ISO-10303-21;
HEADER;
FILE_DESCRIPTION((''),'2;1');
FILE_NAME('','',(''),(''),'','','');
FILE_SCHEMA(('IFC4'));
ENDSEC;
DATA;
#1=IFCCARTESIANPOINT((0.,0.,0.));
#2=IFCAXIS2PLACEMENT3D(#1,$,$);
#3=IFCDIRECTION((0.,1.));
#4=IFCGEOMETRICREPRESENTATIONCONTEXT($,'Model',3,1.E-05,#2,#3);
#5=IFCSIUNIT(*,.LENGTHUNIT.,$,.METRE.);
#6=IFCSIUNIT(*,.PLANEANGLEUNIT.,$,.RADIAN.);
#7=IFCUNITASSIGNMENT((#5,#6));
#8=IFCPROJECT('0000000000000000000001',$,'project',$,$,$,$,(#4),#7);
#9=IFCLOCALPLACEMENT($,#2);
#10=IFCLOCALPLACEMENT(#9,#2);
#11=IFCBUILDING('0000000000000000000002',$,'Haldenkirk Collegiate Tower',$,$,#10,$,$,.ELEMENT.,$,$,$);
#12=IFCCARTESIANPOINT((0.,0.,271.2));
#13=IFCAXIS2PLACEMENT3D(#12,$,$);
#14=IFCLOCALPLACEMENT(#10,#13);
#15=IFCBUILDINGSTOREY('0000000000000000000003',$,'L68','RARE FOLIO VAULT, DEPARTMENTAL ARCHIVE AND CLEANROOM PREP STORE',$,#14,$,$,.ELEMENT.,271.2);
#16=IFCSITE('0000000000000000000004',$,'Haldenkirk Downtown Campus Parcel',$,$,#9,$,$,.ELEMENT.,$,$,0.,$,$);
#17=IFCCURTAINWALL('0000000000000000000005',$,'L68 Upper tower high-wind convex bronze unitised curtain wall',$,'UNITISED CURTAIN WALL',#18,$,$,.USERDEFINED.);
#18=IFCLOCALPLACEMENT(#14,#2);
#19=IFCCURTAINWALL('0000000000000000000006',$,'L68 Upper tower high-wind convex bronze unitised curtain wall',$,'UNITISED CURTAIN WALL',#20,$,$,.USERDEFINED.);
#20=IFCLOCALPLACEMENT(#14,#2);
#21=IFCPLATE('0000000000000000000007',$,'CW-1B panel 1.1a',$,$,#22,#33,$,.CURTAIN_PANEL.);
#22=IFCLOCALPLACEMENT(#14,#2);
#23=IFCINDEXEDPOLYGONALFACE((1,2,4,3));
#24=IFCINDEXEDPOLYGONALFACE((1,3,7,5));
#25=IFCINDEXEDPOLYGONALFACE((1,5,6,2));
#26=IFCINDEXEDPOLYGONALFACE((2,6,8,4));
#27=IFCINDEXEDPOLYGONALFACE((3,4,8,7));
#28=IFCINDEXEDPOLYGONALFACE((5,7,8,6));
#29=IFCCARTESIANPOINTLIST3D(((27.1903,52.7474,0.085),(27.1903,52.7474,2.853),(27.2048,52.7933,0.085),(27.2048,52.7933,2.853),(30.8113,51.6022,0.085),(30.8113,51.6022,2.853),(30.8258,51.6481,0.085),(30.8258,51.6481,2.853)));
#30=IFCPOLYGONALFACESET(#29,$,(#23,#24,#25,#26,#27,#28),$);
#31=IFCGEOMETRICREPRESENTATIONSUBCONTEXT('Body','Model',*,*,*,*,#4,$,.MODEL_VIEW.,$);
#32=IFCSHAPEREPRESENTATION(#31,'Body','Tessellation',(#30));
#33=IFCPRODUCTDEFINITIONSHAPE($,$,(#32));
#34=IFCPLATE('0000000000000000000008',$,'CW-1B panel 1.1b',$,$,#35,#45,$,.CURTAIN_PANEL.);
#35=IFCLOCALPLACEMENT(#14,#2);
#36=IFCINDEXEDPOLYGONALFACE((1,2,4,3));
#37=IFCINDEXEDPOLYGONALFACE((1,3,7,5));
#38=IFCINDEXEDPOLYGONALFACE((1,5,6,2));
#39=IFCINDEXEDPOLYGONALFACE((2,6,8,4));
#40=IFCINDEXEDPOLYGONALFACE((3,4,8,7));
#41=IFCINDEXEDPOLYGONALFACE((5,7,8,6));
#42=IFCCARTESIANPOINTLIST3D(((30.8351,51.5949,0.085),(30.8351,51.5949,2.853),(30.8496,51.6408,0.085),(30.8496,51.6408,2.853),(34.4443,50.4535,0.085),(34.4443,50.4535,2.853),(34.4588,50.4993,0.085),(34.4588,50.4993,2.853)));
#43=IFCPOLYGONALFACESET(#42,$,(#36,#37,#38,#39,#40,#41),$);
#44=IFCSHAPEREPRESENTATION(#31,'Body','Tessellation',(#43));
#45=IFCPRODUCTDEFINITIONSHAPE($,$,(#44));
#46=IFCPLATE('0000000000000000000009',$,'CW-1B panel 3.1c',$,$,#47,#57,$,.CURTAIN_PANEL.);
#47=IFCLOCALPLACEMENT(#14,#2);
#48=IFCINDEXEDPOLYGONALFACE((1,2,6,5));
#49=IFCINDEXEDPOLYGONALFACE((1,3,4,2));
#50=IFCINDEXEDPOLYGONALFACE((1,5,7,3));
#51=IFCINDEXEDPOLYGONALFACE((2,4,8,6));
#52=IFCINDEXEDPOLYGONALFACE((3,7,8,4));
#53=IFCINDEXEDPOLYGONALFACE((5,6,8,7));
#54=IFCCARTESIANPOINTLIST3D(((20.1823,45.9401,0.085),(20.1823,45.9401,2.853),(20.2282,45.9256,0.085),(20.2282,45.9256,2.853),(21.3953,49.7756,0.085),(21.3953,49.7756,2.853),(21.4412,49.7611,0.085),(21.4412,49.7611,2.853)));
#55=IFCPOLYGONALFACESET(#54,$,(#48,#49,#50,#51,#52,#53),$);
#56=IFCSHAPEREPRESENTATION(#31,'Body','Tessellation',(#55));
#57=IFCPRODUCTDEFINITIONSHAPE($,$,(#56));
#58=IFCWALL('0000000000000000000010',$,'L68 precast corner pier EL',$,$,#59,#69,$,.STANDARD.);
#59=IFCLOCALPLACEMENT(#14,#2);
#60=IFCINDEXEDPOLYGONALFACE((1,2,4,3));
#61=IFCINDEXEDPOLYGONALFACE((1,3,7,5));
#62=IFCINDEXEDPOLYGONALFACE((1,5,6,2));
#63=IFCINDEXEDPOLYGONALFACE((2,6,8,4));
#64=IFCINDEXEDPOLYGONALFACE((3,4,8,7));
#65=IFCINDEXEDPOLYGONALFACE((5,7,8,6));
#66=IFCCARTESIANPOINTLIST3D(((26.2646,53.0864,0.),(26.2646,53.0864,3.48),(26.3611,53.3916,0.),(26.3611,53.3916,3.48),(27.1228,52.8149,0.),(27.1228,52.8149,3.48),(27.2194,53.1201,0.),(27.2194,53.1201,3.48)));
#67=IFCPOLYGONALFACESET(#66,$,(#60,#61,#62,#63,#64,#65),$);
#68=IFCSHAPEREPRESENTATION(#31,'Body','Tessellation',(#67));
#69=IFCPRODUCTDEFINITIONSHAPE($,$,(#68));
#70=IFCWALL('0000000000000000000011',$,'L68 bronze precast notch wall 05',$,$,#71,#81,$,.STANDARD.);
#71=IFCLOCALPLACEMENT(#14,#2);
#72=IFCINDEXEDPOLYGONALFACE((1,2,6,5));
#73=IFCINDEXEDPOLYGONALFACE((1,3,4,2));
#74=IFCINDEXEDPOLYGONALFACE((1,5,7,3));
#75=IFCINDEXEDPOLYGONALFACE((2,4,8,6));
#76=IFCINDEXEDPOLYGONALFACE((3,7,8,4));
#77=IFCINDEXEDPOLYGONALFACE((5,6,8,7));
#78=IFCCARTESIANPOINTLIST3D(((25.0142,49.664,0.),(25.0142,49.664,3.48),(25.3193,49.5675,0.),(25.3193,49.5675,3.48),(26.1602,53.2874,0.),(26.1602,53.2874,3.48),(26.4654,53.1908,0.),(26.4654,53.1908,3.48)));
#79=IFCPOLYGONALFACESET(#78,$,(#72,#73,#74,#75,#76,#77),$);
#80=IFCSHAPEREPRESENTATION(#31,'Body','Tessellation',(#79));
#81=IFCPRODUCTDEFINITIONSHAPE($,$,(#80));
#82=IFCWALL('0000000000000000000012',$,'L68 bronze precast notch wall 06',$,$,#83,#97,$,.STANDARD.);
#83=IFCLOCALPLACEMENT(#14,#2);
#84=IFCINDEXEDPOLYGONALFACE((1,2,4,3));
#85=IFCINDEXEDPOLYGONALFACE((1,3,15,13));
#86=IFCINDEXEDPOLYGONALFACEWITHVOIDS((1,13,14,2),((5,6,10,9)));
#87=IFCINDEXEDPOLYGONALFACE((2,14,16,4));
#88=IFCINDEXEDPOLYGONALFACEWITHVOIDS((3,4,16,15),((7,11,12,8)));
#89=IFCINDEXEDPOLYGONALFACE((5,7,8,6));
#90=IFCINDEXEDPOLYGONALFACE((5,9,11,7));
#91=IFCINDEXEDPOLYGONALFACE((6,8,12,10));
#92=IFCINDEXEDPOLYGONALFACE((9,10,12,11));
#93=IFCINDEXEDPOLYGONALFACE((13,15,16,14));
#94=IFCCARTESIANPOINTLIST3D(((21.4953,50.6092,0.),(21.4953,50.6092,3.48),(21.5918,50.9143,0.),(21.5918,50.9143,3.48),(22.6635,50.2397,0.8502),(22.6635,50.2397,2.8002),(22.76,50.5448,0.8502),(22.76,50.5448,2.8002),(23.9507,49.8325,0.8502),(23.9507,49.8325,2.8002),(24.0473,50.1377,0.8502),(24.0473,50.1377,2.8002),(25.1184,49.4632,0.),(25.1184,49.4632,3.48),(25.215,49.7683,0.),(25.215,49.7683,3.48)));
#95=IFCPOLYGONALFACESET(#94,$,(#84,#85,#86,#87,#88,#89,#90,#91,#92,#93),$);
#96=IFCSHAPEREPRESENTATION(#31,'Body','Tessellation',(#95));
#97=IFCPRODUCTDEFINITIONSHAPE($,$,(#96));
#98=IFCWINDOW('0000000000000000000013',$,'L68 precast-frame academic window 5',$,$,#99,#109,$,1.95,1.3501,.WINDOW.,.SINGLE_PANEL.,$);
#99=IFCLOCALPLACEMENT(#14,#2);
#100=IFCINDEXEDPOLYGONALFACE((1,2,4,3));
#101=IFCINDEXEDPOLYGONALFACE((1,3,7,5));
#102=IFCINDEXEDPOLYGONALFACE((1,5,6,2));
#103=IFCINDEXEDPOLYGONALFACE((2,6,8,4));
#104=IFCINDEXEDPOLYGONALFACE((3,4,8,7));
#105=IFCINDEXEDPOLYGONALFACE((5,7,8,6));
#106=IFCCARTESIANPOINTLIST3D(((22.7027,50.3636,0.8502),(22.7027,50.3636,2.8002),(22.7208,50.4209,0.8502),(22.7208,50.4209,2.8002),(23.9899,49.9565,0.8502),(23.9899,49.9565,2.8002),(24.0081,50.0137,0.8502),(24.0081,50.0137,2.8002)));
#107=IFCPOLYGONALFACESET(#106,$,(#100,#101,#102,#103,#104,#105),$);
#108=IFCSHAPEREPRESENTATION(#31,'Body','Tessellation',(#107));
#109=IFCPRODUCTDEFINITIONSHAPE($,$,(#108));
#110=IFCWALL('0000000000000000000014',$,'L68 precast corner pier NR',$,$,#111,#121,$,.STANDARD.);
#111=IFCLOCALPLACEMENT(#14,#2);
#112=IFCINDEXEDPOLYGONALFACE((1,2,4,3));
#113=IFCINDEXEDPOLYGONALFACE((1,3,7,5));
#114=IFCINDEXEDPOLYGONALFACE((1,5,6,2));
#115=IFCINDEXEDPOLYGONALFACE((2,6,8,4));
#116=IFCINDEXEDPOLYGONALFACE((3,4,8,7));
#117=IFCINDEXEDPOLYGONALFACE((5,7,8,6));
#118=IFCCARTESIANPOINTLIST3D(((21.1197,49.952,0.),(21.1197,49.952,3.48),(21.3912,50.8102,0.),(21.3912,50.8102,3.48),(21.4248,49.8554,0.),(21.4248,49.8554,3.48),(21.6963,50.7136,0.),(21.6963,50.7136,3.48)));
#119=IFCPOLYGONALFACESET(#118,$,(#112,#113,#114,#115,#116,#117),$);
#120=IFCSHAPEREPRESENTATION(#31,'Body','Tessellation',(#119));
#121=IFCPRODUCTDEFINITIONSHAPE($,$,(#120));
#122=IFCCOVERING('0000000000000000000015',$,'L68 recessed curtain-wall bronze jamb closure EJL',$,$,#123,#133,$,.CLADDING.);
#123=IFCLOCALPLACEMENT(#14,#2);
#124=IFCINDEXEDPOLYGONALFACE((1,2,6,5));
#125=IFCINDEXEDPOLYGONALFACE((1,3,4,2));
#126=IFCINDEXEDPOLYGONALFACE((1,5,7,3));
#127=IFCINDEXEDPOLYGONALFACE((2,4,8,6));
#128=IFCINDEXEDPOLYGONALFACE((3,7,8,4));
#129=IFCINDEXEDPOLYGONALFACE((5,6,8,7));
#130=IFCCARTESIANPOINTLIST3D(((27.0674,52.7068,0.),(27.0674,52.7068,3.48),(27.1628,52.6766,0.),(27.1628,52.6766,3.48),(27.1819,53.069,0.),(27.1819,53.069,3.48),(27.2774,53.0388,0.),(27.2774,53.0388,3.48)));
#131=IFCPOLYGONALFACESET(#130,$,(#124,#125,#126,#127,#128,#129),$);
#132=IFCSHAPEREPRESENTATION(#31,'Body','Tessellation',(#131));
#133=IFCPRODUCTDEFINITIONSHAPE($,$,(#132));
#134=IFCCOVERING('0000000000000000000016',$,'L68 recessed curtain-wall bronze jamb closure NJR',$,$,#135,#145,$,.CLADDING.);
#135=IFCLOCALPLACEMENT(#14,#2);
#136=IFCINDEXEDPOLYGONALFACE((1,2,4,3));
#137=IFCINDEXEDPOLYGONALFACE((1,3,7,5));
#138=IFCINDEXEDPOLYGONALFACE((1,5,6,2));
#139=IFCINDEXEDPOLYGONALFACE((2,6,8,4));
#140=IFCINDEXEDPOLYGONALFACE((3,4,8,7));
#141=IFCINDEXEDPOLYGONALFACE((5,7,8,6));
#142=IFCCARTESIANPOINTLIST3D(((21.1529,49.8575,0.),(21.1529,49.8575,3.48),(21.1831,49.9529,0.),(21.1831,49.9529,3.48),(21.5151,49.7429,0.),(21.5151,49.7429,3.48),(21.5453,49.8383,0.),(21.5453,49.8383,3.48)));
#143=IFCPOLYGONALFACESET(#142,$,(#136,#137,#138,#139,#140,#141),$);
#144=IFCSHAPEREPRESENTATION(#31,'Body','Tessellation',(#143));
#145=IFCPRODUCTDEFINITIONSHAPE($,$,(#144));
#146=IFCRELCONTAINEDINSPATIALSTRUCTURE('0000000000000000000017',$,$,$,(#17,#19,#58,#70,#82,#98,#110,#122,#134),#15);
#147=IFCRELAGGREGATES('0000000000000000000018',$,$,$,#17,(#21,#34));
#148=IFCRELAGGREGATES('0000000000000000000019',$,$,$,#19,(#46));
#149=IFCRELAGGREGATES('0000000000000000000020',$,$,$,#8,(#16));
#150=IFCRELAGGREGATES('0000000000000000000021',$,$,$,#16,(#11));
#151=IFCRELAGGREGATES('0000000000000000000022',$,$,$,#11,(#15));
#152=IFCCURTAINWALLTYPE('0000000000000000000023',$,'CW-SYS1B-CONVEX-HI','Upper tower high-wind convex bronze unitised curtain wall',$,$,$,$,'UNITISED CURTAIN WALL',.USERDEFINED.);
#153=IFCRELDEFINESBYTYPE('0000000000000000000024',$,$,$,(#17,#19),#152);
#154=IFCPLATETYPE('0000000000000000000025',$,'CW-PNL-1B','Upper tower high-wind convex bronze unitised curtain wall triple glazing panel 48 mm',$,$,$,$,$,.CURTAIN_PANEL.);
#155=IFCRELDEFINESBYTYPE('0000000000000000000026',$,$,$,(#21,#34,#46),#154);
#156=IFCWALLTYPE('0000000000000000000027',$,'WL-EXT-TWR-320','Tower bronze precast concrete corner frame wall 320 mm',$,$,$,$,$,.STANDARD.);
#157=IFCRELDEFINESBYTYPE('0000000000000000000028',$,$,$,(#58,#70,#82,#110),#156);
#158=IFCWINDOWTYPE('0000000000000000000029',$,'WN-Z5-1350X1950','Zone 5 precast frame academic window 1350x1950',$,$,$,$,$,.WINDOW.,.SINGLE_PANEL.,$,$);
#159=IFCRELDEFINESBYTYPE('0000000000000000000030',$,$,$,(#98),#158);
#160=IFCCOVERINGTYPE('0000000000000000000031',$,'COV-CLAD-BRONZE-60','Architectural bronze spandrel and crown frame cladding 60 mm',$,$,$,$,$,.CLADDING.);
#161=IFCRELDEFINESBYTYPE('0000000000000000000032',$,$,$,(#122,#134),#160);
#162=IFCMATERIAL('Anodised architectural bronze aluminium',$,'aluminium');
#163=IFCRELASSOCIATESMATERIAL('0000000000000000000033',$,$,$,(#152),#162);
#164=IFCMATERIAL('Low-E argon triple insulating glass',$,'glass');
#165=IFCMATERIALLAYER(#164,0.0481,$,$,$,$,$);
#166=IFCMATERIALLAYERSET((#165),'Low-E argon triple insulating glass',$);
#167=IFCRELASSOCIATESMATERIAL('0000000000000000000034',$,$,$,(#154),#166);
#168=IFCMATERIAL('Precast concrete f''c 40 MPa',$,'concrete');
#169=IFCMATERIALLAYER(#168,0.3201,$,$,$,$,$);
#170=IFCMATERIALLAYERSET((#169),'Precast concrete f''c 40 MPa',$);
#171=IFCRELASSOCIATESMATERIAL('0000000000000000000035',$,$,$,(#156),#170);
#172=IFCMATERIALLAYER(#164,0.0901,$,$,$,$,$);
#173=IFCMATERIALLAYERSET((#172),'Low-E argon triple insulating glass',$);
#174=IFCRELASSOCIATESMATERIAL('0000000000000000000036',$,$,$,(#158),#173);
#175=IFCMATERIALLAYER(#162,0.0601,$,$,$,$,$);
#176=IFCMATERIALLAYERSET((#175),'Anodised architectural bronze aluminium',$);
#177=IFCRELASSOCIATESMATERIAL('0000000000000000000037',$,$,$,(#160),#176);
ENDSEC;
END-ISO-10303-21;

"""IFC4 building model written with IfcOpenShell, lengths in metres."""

from ifc_helpers import new_model, si_unit, direction, frame, frame_2d, origin, origin_2d, place, context, subcontext, project, spatial, rectangle, extrude, source, transform, mapped, material, layer, layer_set, type_object, element, fill, aggregate, save


model = new_model("IFC4")

# Units and contexts
model_context = context("Model", 3, precision=1e-05, world=origin(), true_north=direction((0.0, 1.0)))
body_context = subcontext(model_context, "Body", "Model", "MODEL_VIEW")
ifc_project = project(units=[si_unit("LENGTHUNIT", "METRE"), si_unit("PLANEANGLEUNIT", "RADIAN")], contexts=[model_context])

# Site, building, storey
site_placement = place(None, origin())
site = spatial("IfcSite", under=ifc_project, at=site_placement, Name="Haldenkirk Downtown Campus Parcel", CompositionType="ELEMENT", RefElevation=0.0)
building_placement = place(site_placement, origin())
building = spatial("IfcBuilding", under=site, at=building_placement, Name="Haldenkirk Collegiate Tower", CompositionType="ELEMENT")
storey_placement = place(building_placement, frame((0.0, 0.0, 271.2)))
storey = spatial("IfcBuildingStorey", under=building, at=storey_placement, Name="L68", Description="RARE FOLIO VAULT, DEPARTMENTAL ARCHIVE AND CLEANROOM PREP STORE", CompositionType="ELEMENT", Elevation=271.2)

# Curtain walls
ifc_material_1 = material(Name="Anodised architectural bronze aluminium", Category="aluminium")
curtain_wall_type = type_object("IfcCurtainWallType", Name="CW-SYS1B-CONVEX-HI", Description="Upper tower high-wind convex bronze unitised curtain wall", ElementType="UNITISED CURTAIN WALL", PredefinedType="USERDEFINED", material=ifc_material_1)
curtain_wall_1_placement = place(storey_placement, origin())
curtain_wall_1 = element("IfcCurtainWall", 1, at=curtain_wall_1_placement, inside=storey, type_object=curtain_wall_type, Name="L68 Upper tower high-wind convex bronze unitised curtain wall", ObjectType="UNITISED CURTAIN WALL", PredefinedType="USERDEFINED")
curtain_wall_2_placement = place(storey_placement, origin())
curtain_wall_2 = element("IfcCurtainWall", 2, at=curtain_wall_2_placement, inside=storey, type_object=curtain_wall_type, Name="L68 Upper tower high-wind convex bronze unitised curtain wall", ObjectType="UNITISED CURTAIN WALL", PredefinedType="USERDEFINED")

# Plates
ifc_material_2 = material(Name="Low-E argon triple insulating glass", Category="glass")
ifc_layer_1 = layer(ifc_material_2, 0.0481)
ifc_layer_set_1 = layer_set([ifc_layer_1], Name="Low-E argon triple insulating glass")
plate_type = type_object("IfcPlateType", Name="CW-PNL-1B", Description="Upper tower high-wind convex bronze unitised curtain wall triple glazing panel 48 mm", PredefinedType="CURTAIN_PANEL", material=ifc_layer_set_1)
shared_shape_1 = source(origin(), body_context, "Body", "SweptSolid", [
    extrude(rectangle(XDim=3.7979, YDim=0.0481, at=origin_2d()), origin(), (0.0, 0.0, 1.0), 2.7681),
])
plate_1_placement = place(storey_placement, frame((29.0081, 52.1978, 0.085), z_axis=(0.0, 0.0, 1.0), x_axis=(0.953454, -0.301537, 0.0)))
plate_1 = element("IfcPlate", 3, at=plate_1_placement, type_object=plate_type, Name="CW-1B panel 1.1a", PredefinedType="CURTAIN_PANEL", context=body_context, shape_type="MappedRepresentation", body=[
    mapped(shared_shape_1, transform((0.0, 0.0, 0.0), x_axis=(1.0, 0.0, 0.0), y_axis=(0.0, 1.0, 0.0), z_axis=(0.0, 0.0, 1.0), scale=1.0)),
])
shared_shape_2 = source(origin(), body_context, "Body", "SweptSolid", [
    extrude(rectangle(XDim=3.7854, YDim=0.0481, at=origin_2d()), origin(), (0.0, 0.0, 1.0), 2.7681),
])
plate_2_placement = place(storey_placement, frame((32.647, 51.0471, 0.085), z_axis=(0.0, 0.0, 1.0), x_axis=(0.953454, -0.301537, 0.0)))
plate_2 = element("IfcPlate", 4, at=plate_2_placement, type_object=plate_type, Name="CW-1B panel 1.1b", PredefinedType="CURTAIN_PANEL", context=body_context, shape_type="MappedRepresentation", body=[
    mapped(shared_shape_2, transform((0.0, 0.0, 0.0), x_axis=(1.0, 0.0, 0.0), y_axis=(0.0, 1.0, 0.0), z_axis=(0.0, 0.0, 1.0), scale=1.0)),
])
aggregate(curtain_wall_1, [plate_1, plate_2])
shared_shape_3 = source(origin(), body_context, "Body", "SweptSolid", [
    extrude(rectangle(XDim=4.0227, YDim=0.0481, at=origin_2d()), origin(), (0.0, 0.0, 1.0), 2.7681),
])
plate_3_placement = place(storey_placement, frame((20.8118, 47.8506, 0.085), z_axis=(0.0, 0.0, 1.0), x_axis=(0.301537, 0.953455, 0.0)))
plate_3 = element("IfcPlate", 5, at=plate_3_placement, type_object=plate_type, Name="CW-1B panel 3.1c", PredefinedType="CURTAIN_PANEL", context=body_context, shape_type="MappedRepresentation", body=[
    mapped(shared_shape_3, transform((0.0, 0.0, 0.0), x_axis=(1.0, 0.0, 0.0), y_axis=(0.0, 1.0, 0.0), z_axis=(0.0, 0.0, 1.0), scale=1.0)),
])
aggregate(curtain_wall_2, [plate_3])

# Walls
ifc_material_3 = material(Name="Precast concrete f'c 40 MPa", Category="concrete")
ifc_layer_2 = layer(ifc_material_3, 0.3201)
ifc_layer_set_2 = layer_set([ifc_layer_2], Name="Precast concrete f'c 40 MPa")
wall_type = type_object("IfcWallType", Name="WL-EXT-TWR-320", Description="Tower bronze precast concrete corner frame wall 320 mm", PredefinedType="STANDARD", material=ifc_layer_set_2)
wall_1_placement = place(storey_placement, frame((26.3127, 53.239, 0.0), z_axis=(0.0, 0.0, 1.0), x_axis=(0.953427, -0.301625, 0.0)))
element("IfcWall", 6, at=wall_1_placement, inside=storey, type_object=wall_type, Name="L68 precast corner pier EL", PredefinedType="STANDARD", context=body_context, shape_type="SweptSolid", body=[
    extrude(rectangle(XDim=0.9001, YDim=0.3201, at=frame_2d((0.4502, 0.0))), origin(), (0.0, 0.0, 1.0), 3.48),
])
wall_2_placement = place(storey_placement, frame((25.1667, 49.6157, 0.0), z_axis=(0.0, 0.0, 1.0), x_axis=(0.301562, 0.953447, 0.0)))
element("IfcWall", 7, at=wall_2_placement, inside=storey, type_object=wall_type, Name="L68 bronze precast notch wall 05", PredefinedType="STANDARD", context=body_context, shape_type="SweptSolid", body=[
    extrude(rectangle(XDim=3.8003, YDim=0.3201, at=frame_2d((1.9001, 0.0))), origin(), (0.0, 0.0, 1.0), 3.48),
])

# Wall, opening, window
wall_3_placement = place(storey_placement, frame((21.5437, 50.7617, 0.0), z_axis=(0.0, 0.0, 1.0), x_axis=(0.953441, -0.30158, 0.0)))
wall_3 = element("IfcWall", 8, at=wall_3_placement, inside=storey, type_object=wall_type, Name="L68 bronze precast notch wall 06", PredefinedType="STANDARD", context=body_context, shape_type="SweptSolid", body=[
    extrude(rectangle(XDim=3.8, YDim=0.3201, at=frame_2d((1.8999, 0.0))), origin(), (0.0, 0.0, 1.0), 3.48),
])
opening_placement = place(wall_3_placement, frame((1.2251, 0.0, 0.8501)))
opening = element("IfcOpeningElement", 9, at=opening_placement, cuts=wall_3, PredefinedType="OPENING", context=body_context, shape_type="SweptSolid", body=[
    extrude(rectangle(XDim=1.3501, YDim=1.95, at=frame_2d((0.675, 0.9751))), frame((0.0, 0.1699, 0.0), z_axis=(0.0, -1.0, 0.0), x_axis=(1.0, 0.0, 0.0)), (0.0, 0.0, 1.0), 0.3401),
])
ifc_layer_3 = layer(ifc_material_2, 0.0901)
ifc_layer_set_3 = layer_set([ifc_layer_3], Name="Low-E argon triple insulating glass")
window_type = type_object("IfcWindowType", Name="WN-Z5-1350X1950", Description="Zone 5 precast frame academic window 1350x1950", PartitioningType="SINGLE_PANEL", PredefinedType="WINDOW", material=ifc_layer_set_3)
window_placement = place(opening_placement, origin())
window = element("IfcWindow", 10, at=window_placement, inside=storey, type_object=window_type, Name="L68 precast-frame academic window 5", OverallHeight=1.95, OverallWidth=1.3501, PartitioningType="SINGLE_PANEL", PredefinedType="WINDOW", context=body_context, shape_type="SweptSolid", body=[
    extrude(rectangle(XDim=1.3501, YDim=1.95, at=frame_2d((0.675, 0.9751))), frame((0.0, 0.03, 0.0), z_axis=(0.0, -1.0, 0.0), x_axis=(1.0, 0.0, 0.0)), (0.0, 0.0, 1.0), 0.0601),
])
fill(opening, window)

# Wall
wall_4_placement = place(storey_placement, frame((21.2722, 49.9036, 0.0), z_axis=(0.0, 0.0, 1.0), x_axis=(0.301625, 0.953427, 0.0)))
element("IfcWall", 11, at=wall_4_placement, inside=storey, type_object=wall_type, Name="L68 precast corner pier NR", PredefinedType="STANDARD", context=body_context, shape_type="SweptSolid", body=[
    extrude(rectangle(XDim=0.9001, YDim=0.3201, at=frame_2d((0.4502, 0.0))), origin(), (0.0, 0.0, 1.0), 3.48),
])

# Coverings
ifc_layer_4 = layer(ifc_material_1, 0.0601)
ifc_layer_set_4 = layer_set([ifc_layer_4], Name="Anodised architectural bronze aluminium")
covering_type = type_object("IfcCoveringType", Name="COV-CLAD-BRONZE-60", Description="Architectural bronze spandrel and crown frame cladding 60 mm", PredefinedType="CLADDING", material=ifc_layer_set_4)
shared_shape_4 = source(origin(), body_context, "Body", "SweptSolid", [
    extrude(rectangle(XDim=0.1001, YDim=0.3799, at=origin_2d()), origin(), (0.0, 0.0, 1.0), 3.48),
])
for number, where, z_axis, x_axis, name in (
    (12, (27.1724, 52.8728, 0.0), (0.0, 0.0, 1.0), (0.953454, -0.301538, 0.0), "L68 recessed curtain-wall bronze jamb closure EJL"),
    (13, (21.3491, 49.8479, 0.0), (0.0, 0.0, 1.0), (0.301538, 0.953454, 0.0), "L68 recessed curtain-wall bronze jamb closure NJR"),
):
    element("IfcCovering", number, at=place(storey_placement, frame(where, z_axis=z_axis, x_axis=x_axis)), inside=storey, type_object=covering_type, Name=name, PredefinedType="CLADDING", context=body_context, shape_type="MappedRepresentation", body=[
        mapped(shared_shape_4, transform((0.0, 0.0, 0.0), x_axis=(1.0, 0.0, 0.0), y_axis=(0.0, 1.0, 0.0), z_axis=(0.0, 0.0, 1.0), scale=1.0)),
    ])

save(model, "model.ifc")
